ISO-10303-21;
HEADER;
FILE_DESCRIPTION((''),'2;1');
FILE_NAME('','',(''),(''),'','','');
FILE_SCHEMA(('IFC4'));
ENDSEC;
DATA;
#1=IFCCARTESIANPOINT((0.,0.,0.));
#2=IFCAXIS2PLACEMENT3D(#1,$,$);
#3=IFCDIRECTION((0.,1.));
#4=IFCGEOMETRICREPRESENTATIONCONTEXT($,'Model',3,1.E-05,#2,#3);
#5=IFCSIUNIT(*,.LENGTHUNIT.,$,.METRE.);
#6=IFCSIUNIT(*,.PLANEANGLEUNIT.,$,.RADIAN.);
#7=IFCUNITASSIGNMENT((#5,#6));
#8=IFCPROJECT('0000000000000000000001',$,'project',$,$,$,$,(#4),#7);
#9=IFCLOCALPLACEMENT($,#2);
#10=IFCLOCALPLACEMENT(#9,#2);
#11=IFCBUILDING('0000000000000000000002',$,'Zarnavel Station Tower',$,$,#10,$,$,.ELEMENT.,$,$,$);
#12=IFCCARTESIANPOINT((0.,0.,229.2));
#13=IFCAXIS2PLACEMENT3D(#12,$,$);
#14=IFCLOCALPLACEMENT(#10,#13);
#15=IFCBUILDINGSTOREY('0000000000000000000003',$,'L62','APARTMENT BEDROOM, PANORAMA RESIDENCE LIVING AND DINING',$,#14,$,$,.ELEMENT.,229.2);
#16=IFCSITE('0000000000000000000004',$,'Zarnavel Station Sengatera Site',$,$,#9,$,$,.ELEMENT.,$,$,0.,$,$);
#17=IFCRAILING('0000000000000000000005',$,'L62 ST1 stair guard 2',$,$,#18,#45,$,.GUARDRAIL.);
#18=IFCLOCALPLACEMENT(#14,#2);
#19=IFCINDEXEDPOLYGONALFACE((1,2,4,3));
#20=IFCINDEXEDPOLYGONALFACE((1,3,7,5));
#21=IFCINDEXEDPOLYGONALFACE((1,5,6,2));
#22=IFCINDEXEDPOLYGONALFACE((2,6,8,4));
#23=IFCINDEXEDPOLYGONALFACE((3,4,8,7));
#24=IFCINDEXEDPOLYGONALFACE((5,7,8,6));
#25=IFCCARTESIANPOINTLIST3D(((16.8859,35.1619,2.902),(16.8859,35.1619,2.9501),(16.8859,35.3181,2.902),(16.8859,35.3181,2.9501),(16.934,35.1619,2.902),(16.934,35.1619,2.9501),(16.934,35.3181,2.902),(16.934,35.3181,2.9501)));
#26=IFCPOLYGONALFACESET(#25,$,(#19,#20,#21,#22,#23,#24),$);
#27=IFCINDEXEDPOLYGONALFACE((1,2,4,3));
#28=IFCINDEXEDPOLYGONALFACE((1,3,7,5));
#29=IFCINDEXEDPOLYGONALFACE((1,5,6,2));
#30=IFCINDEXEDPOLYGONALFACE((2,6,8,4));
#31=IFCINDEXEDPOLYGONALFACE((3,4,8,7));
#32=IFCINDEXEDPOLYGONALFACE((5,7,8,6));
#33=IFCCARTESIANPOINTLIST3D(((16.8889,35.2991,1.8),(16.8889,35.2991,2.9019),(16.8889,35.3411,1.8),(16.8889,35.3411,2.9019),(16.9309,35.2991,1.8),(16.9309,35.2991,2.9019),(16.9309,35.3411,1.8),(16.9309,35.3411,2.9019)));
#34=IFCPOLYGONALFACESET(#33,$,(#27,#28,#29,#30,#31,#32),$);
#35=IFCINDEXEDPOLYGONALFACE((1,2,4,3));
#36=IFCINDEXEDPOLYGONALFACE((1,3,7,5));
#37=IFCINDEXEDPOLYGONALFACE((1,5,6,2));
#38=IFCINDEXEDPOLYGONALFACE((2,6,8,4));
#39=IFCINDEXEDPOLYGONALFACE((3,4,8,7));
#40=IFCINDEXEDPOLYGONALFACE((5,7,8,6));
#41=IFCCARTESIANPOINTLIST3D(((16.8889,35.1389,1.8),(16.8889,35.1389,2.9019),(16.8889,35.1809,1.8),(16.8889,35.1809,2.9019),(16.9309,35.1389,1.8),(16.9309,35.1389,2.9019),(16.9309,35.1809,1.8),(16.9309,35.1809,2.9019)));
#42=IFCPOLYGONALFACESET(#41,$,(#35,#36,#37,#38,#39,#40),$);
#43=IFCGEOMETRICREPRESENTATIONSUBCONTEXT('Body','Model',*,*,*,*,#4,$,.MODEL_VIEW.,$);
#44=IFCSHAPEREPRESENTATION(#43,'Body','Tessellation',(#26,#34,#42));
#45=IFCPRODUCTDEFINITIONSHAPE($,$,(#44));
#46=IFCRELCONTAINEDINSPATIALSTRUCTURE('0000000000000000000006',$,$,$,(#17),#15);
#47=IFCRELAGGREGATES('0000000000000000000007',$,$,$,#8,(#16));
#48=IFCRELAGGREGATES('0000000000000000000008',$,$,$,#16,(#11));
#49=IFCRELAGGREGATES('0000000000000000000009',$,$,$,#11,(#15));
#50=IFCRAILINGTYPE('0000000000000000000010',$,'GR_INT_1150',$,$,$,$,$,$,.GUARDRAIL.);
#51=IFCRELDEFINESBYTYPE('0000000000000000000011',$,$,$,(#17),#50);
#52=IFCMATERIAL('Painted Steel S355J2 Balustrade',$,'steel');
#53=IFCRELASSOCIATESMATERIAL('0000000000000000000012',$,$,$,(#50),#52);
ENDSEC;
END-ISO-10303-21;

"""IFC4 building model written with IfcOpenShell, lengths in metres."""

from ifc_helpers import new_model, si_unit, direction, frame, origin, origin_2d, place, context, subcontext, project, spatial, rectangle, extrude, material, type_object, element, save


model = new_model("IFC4")

# Units and contexts
model_context = context("Model", 3, precision=1e-05, world=origin(), true_north=direction((0.0, 1.0)))
body_context = subcontext(model_context, "Body", "Model", "MODEL_VIEW")
ifc_project = project(units=[si_unit("LENGTHUNIT", "METRE"), si_unit("PLANEANGLEUNIT", "RADIAN")], contexts=[model_context])

# Site, building, storey
site_placement = place(None, origin())
site = spatial("IfcSite", under=ifc_project, at=site_placement, Name="Zarnavel Station Sengatera Site", CompositionType="ELEMENT", RefElevation=0.0)
building_placement = place(site_placement, origin())
building = spatial("IfcBuilding", under=site, at=building_placement, Name="Zarnavel Station Tower", CompositionType="ELEMENT")
storey_placement = place(building_placement, frame((0.0, 0.0, 229.2)))
storey = spatial("IfcBuildingStorey", under=building, at=storey_placement, Name="L62", Description="APARTMENT BEDROOM, PANORAMA RESIDENCE LIVING AND DINING", CompositionType="ELEMENT", Elevation=229.2)

# Railing
ifc_material_1 = material(Name="Painted Steel S355J2 Balustrade", Category="steel")
railing_type = type_object("IfcRailingType", Name="GR_INT_1150", PredefinedType="GUARDRAIL", material=ifc_material_1)
railing_placement = place(storey_placement, frame((16.9099, 35.3201, 1.8)))
element("IfcRailing", 1, at=railing_placement, inside=storey, type_object=railing_type, Name="L62 ST1 stair guard 2", PredefinedType="GUARDRAIL", context=body_context, shape_type="SweptSolid", body=[
    extrude(rectangle(XDim=0.0481, YDim=0.0481, at=origin_2d()), frame((0.0, -0.002, 1.126), z_axis=(0.0, -1.0, 0.0), x_axis=(1.0, 0.0, 0.0)), (0.0, 0.0, 1.0), 0.1562),
    extrude(rectangle(XDim=0.042, YDim=0.042, at=origin_2d()), origin(), (0.0, 0.0, 1.0), 1.1018),
    extrude(rectangle(XDim=0.042, YDim=0.042, at=origin_2d()), frame((0.0, -0.1602, 0.0)), (0.0, 0.0, 1.0), 1.1018),
])

save(model, "model.ifc")
